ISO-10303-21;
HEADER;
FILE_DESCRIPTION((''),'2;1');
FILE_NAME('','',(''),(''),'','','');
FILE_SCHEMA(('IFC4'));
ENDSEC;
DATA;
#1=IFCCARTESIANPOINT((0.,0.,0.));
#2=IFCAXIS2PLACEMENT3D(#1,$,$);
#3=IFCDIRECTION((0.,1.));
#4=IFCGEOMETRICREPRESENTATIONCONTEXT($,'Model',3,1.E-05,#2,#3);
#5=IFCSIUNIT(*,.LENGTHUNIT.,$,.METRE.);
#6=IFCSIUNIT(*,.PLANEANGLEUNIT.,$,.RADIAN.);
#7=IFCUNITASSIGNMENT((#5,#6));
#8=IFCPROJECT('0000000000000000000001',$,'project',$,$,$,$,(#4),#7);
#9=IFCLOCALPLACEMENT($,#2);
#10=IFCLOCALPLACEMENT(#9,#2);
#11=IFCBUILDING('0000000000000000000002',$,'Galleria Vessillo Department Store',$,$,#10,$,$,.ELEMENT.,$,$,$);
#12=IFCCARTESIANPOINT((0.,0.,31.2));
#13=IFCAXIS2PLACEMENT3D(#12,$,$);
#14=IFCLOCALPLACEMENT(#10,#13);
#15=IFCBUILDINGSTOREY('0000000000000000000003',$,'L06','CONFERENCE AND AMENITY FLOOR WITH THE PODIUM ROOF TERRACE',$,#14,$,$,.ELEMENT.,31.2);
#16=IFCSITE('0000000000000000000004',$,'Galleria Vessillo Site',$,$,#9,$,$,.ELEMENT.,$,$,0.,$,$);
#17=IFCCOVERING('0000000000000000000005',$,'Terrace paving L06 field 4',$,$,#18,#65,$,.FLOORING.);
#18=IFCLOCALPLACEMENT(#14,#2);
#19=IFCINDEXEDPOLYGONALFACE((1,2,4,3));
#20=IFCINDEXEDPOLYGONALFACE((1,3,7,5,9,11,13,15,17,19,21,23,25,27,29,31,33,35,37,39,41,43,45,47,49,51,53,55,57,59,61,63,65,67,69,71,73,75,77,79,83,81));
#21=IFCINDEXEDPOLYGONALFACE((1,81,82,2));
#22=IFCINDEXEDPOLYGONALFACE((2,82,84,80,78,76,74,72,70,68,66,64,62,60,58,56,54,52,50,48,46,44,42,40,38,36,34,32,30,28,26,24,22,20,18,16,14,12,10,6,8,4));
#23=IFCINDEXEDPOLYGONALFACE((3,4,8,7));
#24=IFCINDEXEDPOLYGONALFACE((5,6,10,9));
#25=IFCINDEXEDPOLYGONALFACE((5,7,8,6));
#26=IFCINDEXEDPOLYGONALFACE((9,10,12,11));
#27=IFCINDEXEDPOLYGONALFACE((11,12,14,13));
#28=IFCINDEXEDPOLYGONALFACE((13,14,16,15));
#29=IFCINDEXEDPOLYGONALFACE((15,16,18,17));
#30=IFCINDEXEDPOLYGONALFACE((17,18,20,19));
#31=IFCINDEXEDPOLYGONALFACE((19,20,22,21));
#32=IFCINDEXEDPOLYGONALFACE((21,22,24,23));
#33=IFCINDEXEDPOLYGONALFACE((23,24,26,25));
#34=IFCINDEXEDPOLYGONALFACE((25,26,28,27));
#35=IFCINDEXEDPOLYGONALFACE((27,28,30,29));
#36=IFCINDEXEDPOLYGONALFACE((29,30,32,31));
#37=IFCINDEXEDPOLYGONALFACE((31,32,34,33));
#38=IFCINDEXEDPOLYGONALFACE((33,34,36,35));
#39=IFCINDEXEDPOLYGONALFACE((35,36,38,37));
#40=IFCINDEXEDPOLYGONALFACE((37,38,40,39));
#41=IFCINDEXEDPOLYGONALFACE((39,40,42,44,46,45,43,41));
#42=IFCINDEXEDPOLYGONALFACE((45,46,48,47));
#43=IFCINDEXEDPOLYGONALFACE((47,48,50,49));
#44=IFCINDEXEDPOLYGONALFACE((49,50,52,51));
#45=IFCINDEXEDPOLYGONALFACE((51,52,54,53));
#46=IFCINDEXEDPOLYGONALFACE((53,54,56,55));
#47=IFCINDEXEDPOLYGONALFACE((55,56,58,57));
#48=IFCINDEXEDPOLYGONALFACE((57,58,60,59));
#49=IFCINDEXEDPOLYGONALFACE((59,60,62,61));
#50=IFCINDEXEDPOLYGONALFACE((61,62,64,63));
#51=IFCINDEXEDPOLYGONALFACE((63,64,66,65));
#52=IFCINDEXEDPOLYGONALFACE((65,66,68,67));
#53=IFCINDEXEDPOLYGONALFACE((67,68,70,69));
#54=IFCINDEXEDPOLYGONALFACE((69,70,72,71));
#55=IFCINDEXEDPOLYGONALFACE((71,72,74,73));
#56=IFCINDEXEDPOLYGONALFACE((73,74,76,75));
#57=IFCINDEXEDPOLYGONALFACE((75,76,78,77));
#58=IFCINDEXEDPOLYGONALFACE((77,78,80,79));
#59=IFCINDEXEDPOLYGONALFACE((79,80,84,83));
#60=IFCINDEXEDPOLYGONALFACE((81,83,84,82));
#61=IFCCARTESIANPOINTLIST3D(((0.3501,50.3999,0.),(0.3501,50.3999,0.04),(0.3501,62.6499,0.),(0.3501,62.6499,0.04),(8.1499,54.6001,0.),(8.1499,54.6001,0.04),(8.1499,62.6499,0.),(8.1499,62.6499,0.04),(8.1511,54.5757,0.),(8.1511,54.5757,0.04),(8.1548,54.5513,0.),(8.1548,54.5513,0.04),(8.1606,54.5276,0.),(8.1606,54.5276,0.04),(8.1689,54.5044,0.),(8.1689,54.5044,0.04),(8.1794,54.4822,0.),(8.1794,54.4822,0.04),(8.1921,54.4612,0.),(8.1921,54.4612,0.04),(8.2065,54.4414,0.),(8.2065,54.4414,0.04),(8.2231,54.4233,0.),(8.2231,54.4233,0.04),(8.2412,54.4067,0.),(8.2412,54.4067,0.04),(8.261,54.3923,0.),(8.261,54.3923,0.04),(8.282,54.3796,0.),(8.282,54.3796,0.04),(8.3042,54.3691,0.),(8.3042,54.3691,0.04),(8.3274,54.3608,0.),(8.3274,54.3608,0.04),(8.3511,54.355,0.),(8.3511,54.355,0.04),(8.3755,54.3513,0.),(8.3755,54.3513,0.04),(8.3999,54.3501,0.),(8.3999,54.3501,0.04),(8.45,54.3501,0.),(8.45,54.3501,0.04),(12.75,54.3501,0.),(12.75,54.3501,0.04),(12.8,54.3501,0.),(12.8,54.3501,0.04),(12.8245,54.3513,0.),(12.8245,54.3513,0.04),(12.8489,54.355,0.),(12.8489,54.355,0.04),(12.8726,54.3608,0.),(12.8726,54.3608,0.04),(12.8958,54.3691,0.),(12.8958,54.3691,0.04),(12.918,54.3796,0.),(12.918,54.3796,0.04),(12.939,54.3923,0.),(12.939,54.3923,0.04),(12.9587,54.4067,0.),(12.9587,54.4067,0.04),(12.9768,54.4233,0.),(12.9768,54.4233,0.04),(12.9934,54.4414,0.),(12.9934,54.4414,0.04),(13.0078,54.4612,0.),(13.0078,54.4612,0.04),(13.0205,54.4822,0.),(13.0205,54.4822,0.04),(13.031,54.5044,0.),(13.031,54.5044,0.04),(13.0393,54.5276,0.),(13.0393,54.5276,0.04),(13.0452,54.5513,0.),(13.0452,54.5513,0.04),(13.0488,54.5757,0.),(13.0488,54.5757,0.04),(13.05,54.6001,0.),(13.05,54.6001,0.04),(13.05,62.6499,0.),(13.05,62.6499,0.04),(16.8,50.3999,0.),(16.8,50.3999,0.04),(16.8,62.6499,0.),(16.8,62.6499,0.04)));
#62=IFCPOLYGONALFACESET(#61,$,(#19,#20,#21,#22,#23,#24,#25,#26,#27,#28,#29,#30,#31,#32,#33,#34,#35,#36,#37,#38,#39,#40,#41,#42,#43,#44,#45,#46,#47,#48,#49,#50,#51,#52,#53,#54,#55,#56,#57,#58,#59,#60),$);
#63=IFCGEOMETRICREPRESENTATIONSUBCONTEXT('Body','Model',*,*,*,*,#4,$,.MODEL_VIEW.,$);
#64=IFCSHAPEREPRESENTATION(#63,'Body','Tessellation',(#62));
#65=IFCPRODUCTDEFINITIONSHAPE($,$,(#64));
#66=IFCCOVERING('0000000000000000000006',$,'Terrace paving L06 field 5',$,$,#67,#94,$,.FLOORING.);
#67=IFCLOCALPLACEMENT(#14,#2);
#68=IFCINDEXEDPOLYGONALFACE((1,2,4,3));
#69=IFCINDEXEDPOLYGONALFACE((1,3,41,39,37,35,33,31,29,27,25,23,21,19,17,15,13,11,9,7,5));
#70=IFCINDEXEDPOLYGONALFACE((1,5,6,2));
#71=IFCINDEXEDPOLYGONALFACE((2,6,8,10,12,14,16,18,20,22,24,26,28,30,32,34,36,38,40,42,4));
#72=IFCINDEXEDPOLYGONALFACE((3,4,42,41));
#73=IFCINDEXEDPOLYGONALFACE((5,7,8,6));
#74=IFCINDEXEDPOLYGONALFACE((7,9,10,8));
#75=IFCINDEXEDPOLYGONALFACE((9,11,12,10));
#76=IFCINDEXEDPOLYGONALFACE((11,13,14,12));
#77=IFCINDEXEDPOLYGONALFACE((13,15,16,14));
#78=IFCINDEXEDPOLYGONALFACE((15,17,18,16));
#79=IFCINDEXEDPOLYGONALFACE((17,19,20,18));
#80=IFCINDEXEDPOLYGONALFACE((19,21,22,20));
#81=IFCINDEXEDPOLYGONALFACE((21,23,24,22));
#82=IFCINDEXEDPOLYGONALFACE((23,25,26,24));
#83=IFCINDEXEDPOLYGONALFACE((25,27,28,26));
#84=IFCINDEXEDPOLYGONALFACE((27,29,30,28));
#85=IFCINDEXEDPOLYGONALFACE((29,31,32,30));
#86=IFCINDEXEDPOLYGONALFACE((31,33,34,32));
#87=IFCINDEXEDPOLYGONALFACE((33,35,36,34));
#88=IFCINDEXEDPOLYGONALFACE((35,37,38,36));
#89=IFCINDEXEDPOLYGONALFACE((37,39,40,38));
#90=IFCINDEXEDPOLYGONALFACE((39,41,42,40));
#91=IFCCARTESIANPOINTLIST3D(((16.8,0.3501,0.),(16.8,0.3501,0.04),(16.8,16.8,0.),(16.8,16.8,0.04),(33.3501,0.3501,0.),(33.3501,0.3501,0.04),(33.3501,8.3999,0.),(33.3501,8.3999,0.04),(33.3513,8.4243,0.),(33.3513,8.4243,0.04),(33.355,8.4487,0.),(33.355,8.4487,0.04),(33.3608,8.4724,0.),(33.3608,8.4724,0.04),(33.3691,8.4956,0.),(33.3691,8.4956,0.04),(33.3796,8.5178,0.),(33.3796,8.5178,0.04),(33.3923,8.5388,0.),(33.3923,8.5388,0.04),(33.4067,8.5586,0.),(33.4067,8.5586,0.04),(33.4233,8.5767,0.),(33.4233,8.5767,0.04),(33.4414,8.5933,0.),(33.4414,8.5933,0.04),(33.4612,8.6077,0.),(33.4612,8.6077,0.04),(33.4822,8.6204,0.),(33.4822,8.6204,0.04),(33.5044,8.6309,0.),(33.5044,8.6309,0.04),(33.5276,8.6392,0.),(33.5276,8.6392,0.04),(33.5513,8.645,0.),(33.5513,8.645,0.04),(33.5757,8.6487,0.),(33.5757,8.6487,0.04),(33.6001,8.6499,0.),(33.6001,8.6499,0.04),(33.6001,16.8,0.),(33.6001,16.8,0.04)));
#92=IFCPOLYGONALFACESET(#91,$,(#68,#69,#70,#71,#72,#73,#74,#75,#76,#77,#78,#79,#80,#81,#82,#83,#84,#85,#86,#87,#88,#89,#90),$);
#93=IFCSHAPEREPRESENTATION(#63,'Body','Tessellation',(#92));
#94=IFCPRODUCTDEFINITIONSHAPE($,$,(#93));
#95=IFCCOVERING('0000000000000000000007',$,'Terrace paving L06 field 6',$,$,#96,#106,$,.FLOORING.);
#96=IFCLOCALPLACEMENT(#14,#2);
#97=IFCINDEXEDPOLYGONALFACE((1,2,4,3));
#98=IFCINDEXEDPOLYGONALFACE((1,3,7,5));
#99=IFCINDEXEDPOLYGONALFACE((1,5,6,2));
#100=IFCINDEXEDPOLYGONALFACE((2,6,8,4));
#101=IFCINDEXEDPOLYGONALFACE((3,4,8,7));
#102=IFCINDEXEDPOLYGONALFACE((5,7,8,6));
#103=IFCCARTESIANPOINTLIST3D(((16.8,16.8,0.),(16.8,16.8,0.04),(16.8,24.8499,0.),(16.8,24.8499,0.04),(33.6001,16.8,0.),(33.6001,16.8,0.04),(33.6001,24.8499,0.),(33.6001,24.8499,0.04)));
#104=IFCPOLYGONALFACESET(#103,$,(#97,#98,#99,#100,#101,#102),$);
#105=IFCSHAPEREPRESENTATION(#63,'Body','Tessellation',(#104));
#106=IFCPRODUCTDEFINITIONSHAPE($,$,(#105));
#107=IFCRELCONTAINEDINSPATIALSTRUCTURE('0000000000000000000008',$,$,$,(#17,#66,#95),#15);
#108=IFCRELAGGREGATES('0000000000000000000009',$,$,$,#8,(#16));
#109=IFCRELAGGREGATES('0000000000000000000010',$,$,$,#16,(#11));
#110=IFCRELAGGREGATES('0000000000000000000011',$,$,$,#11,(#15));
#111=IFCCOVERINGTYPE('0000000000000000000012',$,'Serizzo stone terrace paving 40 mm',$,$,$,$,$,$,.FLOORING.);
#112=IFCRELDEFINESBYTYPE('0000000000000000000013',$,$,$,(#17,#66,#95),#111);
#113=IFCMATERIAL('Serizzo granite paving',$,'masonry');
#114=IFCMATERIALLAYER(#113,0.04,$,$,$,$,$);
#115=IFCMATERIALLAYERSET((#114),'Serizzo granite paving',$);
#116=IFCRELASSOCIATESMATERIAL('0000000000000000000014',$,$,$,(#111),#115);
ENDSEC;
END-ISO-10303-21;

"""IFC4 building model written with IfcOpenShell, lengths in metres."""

from ifc_helpers import new_model, si_unit, direction, frame, origin, place, context, subcontext, project, spatial, polyline, outline, extrude, material, layer, layer_set, type_object, element, save


model = new_model("IFC4")

# Units and contexts
model_context = context("Model", 3, precision=1e-05, world=origin(), true_north=direction((0.0, 1.0)))
body_context = subcontext(model_context, "Body", "Model", "MODEL_VIEW")
ifc_project = project(units=[si_unit("LENGTHUNIT", "METRE"), si_unit("PLANEANGLEUNIT", "RADIAN")], contexts=[model_context])

# Site, building, storey
site_placement = place(None, origin())
site = spatial("IfcSite", under=ifc_project, at=site_placement, Name="Galleria Vessillo Site", CompositionType="ELEMENT", RefElevation=0.0)
building_placement = place(site_placement, origin())
building = spatial("IfcBuilding", under=site, at=building_placement, Name="Galleria Vessillo Department Store", CompositionType="ELEMENT")
storey_placement = place(building_placement, frame((0.0, 0.0, 31.2)))
storey = spatial("IfcBuildingStorey", under=building, at=storey_placement, Name="L06", Description="CONFERENCE AND AMENITY FLOOR WITH THE PODIUM ROOF TERRACE", CompositionType="ELEMENT", Elevation=31.2)

# Coverings
ifc_material_1 = material(Name="Serizzo granite paving", Category="masonry")
ifc_layer_1 = layer(ifc_material_1, 0.04)
ifc_layer_set_1 = layer_set([ifc_layer_1], Name="Serizzo granite paving")
covering_type_1 = type_object("IfcCoveringType", Name="Serizzo stone terrace paving 40 mm", PredefinedType="FLOORING", material=ifc_layer_set_1)
covering_1_placement = place(storey_placement, origin())
element("IfcCovering", 1, at=covering_1_placement, inside=storey, type_object=covering_type_1, Name="Terrace paving L06 field 4", PredefinedType="FLOORING", context=body_context, shape_type="SweptSolid", body=[
    extrude(outline(polyline([(0.3501, 62.6499), (8.1499, 62.6499), (8.1499, 54.6001), (8.1511, 54.5757), (8.1548, 54.5513), (8.1606, 54.5276), (8.1689, 54.5044), (8.1794, 54.4822), (8.1921, 54.4612), (8.2065, 54.4414), (8.2231, 54.4233), (8.2412, 54.4067), (8.261, 54.3923), (8.282, 54.3796), (8.3042, 54.3691), (8.3274, 54.3608), (8.3511, 54.355), (8.3755, 54.3513), (8.3999, 54.3501), (8.45, 54.3501), (8.45, 54.3501), (12.75, 54.3501), (12.75, 54.3501), (12.8, 54.3501), (12.8245, 54.3513), (12.8489, 54.355), (12.8726, 54.3608), (12.8958, 54.3691), (12.918, 54.3796), (12.939, 54.3923), (12.9587, 54.4067), (12.9768, 54.4233), (12.9934, 54.4414), (13.0078, 54.4612), (13.0205, 54.4822), (13.031, 54.5044), (13.0393, 54.5276), (13.0452, 54.5513), (13.0488, 54.5757), (13.05, 54.6001), (13.05, 62.6499), (16.8, 62.6499), (16.8, 50.3999), (0.3501, 50.3999), (0.3501, 62.6499)])), origin(), (0.0, 0.0, 1.0), 0.04),
])
covering_2_placement = place(storey_placement, origin())
element("IfcCovering", 2, at=covering_2_placement, inside=storey, type_object=covering_type_1, Name="Terrace paving L06 field 5", PredefinedType="FLOORING", context=body_context, shape_type="SweptSolid", body=[
    extrude(outline(polyline([(33.5757, 8.6487), (33.5513, 8.645), (33.5276, 8.6392), (33.5044, 8.6309), (33.4822, 8.6204), (33.4612, 8.6077), (33.4414, 8.5933), (33.4233, 8.5767), (33.4067, 8.5586), (33.3923, 8.5388), (33.3796, 8.5178), (33.3691, 8.4956), (33.3608, 8.4724), (33.355, 8.4487), (33.3513, 8.4243), (33.3501, 8.3999), (33.3501, 0.3501), (16.8, 0.3501), (16.8, 16.8), (33.6001, 16.8), (33.6001, 8.6499), (33.5757, 8.6487)])), origin(), (0.0, 0.0, 1.0), 0.04),
])
covering_3_placement = place(storey_placement, origin())
element("IfcCovering", 3, at=covering_3_placement, inside=storey, type_object=covering_type_1, Name="Terrace paving L06 field 6", PredefinedType="FLOORING", context=body_context, shape_type="SweptSolid", body=[
    extrude(outline(polyline([(16.8, 24.8499), (33.6001, 24.8499), (33.6001, 16.8), (16.8, 16.8), (16.8, 24.8499), (16.8, 24.8499)])), origin(), (0.0, 0.0, 1.0), 0.04),
])

save(model, "model.ifc")
